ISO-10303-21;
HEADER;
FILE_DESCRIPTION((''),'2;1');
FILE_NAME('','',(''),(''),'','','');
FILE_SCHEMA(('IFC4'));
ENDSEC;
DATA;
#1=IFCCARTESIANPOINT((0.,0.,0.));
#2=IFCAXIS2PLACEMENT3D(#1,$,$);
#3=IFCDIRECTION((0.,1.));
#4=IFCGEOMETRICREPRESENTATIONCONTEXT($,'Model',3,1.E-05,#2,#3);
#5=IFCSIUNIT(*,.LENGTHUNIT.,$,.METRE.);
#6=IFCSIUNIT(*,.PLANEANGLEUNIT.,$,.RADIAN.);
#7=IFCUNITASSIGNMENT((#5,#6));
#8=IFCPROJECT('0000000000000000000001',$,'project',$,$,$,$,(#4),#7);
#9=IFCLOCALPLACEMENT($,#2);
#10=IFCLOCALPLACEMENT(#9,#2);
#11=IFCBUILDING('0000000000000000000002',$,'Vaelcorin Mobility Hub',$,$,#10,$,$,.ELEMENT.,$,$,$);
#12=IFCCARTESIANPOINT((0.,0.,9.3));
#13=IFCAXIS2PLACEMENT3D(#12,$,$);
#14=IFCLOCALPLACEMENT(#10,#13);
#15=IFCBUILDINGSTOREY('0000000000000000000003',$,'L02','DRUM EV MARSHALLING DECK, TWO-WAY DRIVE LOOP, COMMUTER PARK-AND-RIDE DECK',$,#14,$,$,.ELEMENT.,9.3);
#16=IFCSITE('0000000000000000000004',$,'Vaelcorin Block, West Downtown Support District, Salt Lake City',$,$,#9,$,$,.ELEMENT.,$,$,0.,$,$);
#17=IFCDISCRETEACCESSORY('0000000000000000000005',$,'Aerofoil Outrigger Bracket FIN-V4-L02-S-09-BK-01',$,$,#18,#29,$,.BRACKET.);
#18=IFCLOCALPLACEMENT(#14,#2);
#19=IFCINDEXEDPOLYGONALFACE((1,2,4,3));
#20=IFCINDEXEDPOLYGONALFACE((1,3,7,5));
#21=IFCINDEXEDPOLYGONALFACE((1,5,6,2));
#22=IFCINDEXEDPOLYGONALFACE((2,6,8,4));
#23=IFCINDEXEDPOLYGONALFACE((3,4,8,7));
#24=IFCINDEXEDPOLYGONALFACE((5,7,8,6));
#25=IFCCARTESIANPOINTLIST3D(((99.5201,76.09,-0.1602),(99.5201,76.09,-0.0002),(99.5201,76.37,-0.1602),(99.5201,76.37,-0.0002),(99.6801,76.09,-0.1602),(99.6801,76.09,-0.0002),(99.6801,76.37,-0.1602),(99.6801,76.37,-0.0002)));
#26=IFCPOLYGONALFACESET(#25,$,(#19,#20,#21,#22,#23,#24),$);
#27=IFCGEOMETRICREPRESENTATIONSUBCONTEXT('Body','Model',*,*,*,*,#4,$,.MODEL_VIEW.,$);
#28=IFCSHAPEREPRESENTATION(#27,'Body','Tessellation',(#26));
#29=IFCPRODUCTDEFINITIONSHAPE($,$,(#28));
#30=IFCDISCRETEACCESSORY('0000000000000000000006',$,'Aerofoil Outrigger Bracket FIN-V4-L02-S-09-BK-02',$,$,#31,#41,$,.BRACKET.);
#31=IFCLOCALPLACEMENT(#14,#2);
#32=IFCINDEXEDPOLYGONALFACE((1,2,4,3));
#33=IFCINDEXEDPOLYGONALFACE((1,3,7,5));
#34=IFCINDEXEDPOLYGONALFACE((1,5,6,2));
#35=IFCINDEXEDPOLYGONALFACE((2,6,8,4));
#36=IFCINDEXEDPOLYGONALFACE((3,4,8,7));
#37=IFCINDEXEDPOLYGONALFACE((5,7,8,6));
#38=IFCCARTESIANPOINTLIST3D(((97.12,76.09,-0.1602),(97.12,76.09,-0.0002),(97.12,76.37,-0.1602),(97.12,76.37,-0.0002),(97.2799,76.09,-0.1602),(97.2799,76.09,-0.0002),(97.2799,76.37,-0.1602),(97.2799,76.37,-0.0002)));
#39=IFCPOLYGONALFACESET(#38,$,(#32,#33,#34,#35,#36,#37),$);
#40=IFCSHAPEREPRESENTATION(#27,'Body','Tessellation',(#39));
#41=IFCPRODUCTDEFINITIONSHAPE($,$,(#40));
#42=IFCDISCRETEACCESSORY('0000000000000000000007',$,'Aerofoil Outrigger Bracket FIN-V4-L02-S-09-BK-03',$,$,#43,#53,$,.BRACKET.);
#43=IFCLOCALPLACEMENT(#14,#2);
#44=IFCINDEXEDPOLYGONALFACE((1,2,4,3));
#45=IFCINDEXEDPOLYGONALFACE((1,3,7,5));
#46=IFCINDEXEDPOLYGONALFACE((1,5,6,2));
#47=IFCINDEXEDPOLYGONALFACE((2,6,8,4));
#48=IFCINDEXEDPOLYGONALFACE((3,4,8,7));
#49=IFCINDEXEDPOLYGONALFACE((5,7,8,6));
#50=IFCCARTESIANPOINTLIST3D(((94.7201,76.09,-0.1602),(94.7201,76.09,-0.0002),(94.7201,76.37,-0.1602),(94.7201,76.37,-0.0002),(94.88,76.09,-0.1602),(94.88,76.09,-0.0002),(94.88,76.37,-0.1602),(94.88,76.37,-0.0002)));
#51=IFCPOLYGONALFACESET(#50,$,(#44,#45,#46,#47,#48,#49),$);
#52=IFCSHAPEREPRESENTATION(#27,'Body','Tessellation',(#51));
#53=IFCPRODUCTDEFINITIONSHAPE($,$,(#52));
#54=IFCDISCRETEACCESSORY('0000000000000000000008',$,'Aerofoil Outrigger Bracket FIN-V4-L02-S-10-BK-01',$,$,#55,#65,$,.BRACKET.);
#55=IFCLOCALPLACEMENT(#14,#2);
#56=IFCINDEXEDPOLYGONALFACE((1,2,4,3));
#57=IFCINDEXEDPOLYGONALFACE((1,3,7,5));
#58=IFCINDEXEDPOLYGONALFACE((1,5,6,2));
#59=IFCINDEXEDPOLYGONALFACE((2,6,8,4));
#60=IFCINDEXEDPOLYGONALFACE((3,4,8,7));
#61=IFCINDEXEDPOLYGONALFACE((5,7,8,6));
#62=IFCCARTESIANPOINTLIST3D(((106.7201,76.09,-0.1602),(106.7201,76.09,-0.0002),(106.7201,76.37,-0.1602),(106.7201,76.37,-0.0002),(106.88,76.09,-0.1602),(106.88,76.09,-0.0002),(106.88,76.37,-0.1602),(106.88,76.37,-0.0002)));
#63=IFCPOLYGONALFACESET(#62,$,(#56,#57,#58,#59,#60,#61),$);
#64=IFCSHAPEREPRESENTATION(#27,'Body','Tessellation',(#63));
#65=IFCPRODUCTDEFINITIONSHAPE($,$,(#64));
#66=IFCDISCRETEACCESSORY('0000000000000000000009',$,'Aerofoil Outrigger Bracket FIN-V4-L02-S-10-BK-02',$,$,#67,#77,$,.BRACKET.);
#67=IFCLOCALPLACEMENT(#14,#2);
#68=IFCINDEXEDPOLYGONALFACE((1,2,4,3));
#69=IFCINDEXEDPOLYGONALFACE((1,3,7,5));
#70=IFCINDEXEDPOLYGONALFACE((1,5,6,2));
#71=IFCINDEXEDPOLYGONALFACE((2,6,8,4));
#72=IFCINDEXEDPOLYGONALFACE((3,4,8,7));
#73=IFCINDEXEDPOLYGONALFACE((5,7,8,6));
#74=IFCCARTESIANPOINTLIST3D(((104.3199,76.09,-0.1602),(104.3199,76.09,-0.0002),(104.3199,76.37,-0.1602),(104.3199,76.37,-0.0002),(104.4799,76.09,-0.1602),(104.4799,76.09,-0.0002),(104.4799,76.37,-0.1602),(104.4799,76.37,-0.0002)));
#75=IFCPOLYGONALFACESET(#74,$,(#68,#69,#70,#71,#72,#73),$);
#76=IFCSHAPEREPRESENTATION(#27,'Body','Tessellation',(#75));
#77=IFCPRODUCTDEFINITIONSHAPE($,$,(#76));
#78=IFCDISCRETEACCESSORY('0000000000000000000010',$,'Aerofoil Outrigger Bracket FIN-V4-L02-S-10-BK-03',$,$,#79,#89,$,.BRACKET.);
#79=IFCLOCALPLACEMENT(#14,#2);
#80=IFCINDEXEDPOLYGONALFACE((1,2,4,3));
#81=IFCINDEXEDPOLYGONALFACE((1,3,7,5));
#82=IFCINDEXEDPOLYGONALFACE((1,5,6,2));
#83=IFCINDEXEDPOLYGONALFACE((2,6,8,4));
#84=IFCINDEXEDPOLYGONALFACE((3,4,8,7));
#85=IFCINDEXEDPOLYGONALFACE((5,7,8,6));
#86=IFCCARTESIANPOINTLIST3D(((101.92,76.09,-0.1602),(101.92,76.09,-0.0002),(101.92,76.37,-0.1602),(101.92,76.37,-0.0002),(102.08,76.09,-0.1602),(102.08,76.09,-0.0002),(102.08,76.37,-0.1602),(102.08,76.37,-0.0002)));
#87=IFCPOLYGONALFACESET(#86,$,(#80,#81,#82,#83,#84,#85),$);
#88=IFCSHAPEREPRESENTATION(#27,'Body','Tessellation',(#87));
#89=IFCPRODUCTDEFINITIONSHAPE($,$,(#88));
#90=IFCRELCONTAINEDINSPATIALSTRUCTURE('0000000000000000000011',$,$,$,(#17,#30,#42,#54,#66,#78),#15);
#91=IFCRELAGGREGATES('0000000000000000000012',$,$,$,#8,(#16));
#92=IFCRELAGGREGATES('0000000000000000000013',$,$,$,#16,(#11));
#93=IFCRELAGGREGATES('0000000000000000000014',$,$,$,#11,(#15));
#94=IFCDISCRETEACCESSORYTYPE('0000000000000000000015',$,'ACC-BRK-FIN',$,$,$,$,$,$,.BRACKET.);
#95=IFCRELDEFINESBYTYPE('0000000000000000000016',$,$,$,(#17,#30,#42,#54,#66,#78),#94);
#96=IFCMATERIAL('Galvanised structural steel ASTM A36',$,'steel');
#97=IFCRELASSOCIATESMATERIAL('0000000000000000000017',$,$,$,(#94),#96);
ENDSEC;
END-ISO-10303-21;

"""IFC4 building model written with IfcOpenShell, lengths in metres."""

from ifc_helpers import new_model, si_unit, direction, frame, origin, origin_2d, place, context, subcontext, project, spatial, rectangle, extrude, material, type_object, element, save


model = new_model("IFC4")

# Units and contexts
model_context = context("Model", 3, precision=1e-05, world=origin(), true_north=direction((0.0, 1.0)))
body_context = subcontext(model_context, "Body", "Model", "MODEL_VIEW")
ifc_project = project(units=[si_unit("LENGTHUNIT", "METRE"), si_unit("PLANEANGLEUNIT", "RADIAN")], contexts=[model_context])

# Site, building, storey
site_placement = place(None, origin())
site = spatial("IfcSite", under=ifc_project, at=site_placement, Name="Vaelcorin Block, West Downtown Support District, Salt Lake City", CompositionType="ELEMENT", RefElevation=0.0)
building_placement = place(site_placement, origin())
building = spatial("IfcBuilding", under=site, at=building_placement, Name="Vaelcorin Mobility Hub", CompositionType="ELEMENT")
storey_placement = place(building_placement, frame((0.0, 0.0, 9.3)))
storey = spatial("IfcBuildingStorey", under=building, at=storey_placement, Name="L02", Description="DRUM EV MARSHALLING DECK, TWO-WAY DRIVE LOOP, COMMUTER PARK-AND-RIDE DECK", CompositionType="ELEMENT", Elevation=9.3)

# Shared definitions
ifc_material_1 = material(Name="Galvanised structural steel ASTM A36", Category="steel")

# Discrete accessories
discrete_accessory_type = type_object("IfcDiscreteAccessoryType", Name="ACC-BRK-FIN", PredefinedType="BRACKET", material=ifc_material_1)
for number, where, z_axis, x_axis, name in (
    (1, (99.6001, 76.23, -0.1602), (0.0, 0.0, 1.0), (0.0, -1.0, 0.0), "Aerofoil Outrigger Bracket FIN-V4-L02-S-09-BK-01"),
    (2, (97.2, 76.23, -0.1602), (0.0, 0.0, 1.0), (0.0, -1.0, 0.0), "Aerofoil Outrigger Bracket FIN-V4-L02-S-09-BK-02"),
    (3, (94.8, 76.23, -0.1602), (0.0, 0.0, 1.0), (0.0, -1.0, 0.0), "Aerofoil Outrigger Bracket FIN-V4-L02-S-09-BK-03"),
    (4, (106.8, 76.23, -0.1602), (0.0, 0.0, 1.0), (0.0, -1.0, 0.0), "Aerofoil Outrigger Bracket FIN-V4-L02-S-10-BK-01"),
    (5, (104.3999, 76.23, -0.1602), (0.0, 0.0, 1.0), (0.0, -1.0, 0.0), "Aerofoil Outrigger Bracket FIN-V4-L02-S-10-BK-02"),
    (6, (102.0, 76.23, -0.1602), (0.0, 0.0, 1.0), (0.0, -1.0, 0.0), "Aerofoil Outrigger Bracket FIN-V4-L02-S-10-BK-03"),
):
    element("IfcDiscreteAccessory", number, at=place(storey_placement, frame(where, z_axis=z_axis, x_axis=x_axis)), inside=storey, type_object=discrete_accessory_type, Name=name, PredefinedType="BRACKET", context=body_context, shape_type="SweptSolid", body=[
        extrude(rectangle(XDim=0.28, YDim=0.1599, at=origin_2d()), origin(), (0.0, 0.0, 1.0), 0.1599),
    ])

save(model, "model.ifc")
